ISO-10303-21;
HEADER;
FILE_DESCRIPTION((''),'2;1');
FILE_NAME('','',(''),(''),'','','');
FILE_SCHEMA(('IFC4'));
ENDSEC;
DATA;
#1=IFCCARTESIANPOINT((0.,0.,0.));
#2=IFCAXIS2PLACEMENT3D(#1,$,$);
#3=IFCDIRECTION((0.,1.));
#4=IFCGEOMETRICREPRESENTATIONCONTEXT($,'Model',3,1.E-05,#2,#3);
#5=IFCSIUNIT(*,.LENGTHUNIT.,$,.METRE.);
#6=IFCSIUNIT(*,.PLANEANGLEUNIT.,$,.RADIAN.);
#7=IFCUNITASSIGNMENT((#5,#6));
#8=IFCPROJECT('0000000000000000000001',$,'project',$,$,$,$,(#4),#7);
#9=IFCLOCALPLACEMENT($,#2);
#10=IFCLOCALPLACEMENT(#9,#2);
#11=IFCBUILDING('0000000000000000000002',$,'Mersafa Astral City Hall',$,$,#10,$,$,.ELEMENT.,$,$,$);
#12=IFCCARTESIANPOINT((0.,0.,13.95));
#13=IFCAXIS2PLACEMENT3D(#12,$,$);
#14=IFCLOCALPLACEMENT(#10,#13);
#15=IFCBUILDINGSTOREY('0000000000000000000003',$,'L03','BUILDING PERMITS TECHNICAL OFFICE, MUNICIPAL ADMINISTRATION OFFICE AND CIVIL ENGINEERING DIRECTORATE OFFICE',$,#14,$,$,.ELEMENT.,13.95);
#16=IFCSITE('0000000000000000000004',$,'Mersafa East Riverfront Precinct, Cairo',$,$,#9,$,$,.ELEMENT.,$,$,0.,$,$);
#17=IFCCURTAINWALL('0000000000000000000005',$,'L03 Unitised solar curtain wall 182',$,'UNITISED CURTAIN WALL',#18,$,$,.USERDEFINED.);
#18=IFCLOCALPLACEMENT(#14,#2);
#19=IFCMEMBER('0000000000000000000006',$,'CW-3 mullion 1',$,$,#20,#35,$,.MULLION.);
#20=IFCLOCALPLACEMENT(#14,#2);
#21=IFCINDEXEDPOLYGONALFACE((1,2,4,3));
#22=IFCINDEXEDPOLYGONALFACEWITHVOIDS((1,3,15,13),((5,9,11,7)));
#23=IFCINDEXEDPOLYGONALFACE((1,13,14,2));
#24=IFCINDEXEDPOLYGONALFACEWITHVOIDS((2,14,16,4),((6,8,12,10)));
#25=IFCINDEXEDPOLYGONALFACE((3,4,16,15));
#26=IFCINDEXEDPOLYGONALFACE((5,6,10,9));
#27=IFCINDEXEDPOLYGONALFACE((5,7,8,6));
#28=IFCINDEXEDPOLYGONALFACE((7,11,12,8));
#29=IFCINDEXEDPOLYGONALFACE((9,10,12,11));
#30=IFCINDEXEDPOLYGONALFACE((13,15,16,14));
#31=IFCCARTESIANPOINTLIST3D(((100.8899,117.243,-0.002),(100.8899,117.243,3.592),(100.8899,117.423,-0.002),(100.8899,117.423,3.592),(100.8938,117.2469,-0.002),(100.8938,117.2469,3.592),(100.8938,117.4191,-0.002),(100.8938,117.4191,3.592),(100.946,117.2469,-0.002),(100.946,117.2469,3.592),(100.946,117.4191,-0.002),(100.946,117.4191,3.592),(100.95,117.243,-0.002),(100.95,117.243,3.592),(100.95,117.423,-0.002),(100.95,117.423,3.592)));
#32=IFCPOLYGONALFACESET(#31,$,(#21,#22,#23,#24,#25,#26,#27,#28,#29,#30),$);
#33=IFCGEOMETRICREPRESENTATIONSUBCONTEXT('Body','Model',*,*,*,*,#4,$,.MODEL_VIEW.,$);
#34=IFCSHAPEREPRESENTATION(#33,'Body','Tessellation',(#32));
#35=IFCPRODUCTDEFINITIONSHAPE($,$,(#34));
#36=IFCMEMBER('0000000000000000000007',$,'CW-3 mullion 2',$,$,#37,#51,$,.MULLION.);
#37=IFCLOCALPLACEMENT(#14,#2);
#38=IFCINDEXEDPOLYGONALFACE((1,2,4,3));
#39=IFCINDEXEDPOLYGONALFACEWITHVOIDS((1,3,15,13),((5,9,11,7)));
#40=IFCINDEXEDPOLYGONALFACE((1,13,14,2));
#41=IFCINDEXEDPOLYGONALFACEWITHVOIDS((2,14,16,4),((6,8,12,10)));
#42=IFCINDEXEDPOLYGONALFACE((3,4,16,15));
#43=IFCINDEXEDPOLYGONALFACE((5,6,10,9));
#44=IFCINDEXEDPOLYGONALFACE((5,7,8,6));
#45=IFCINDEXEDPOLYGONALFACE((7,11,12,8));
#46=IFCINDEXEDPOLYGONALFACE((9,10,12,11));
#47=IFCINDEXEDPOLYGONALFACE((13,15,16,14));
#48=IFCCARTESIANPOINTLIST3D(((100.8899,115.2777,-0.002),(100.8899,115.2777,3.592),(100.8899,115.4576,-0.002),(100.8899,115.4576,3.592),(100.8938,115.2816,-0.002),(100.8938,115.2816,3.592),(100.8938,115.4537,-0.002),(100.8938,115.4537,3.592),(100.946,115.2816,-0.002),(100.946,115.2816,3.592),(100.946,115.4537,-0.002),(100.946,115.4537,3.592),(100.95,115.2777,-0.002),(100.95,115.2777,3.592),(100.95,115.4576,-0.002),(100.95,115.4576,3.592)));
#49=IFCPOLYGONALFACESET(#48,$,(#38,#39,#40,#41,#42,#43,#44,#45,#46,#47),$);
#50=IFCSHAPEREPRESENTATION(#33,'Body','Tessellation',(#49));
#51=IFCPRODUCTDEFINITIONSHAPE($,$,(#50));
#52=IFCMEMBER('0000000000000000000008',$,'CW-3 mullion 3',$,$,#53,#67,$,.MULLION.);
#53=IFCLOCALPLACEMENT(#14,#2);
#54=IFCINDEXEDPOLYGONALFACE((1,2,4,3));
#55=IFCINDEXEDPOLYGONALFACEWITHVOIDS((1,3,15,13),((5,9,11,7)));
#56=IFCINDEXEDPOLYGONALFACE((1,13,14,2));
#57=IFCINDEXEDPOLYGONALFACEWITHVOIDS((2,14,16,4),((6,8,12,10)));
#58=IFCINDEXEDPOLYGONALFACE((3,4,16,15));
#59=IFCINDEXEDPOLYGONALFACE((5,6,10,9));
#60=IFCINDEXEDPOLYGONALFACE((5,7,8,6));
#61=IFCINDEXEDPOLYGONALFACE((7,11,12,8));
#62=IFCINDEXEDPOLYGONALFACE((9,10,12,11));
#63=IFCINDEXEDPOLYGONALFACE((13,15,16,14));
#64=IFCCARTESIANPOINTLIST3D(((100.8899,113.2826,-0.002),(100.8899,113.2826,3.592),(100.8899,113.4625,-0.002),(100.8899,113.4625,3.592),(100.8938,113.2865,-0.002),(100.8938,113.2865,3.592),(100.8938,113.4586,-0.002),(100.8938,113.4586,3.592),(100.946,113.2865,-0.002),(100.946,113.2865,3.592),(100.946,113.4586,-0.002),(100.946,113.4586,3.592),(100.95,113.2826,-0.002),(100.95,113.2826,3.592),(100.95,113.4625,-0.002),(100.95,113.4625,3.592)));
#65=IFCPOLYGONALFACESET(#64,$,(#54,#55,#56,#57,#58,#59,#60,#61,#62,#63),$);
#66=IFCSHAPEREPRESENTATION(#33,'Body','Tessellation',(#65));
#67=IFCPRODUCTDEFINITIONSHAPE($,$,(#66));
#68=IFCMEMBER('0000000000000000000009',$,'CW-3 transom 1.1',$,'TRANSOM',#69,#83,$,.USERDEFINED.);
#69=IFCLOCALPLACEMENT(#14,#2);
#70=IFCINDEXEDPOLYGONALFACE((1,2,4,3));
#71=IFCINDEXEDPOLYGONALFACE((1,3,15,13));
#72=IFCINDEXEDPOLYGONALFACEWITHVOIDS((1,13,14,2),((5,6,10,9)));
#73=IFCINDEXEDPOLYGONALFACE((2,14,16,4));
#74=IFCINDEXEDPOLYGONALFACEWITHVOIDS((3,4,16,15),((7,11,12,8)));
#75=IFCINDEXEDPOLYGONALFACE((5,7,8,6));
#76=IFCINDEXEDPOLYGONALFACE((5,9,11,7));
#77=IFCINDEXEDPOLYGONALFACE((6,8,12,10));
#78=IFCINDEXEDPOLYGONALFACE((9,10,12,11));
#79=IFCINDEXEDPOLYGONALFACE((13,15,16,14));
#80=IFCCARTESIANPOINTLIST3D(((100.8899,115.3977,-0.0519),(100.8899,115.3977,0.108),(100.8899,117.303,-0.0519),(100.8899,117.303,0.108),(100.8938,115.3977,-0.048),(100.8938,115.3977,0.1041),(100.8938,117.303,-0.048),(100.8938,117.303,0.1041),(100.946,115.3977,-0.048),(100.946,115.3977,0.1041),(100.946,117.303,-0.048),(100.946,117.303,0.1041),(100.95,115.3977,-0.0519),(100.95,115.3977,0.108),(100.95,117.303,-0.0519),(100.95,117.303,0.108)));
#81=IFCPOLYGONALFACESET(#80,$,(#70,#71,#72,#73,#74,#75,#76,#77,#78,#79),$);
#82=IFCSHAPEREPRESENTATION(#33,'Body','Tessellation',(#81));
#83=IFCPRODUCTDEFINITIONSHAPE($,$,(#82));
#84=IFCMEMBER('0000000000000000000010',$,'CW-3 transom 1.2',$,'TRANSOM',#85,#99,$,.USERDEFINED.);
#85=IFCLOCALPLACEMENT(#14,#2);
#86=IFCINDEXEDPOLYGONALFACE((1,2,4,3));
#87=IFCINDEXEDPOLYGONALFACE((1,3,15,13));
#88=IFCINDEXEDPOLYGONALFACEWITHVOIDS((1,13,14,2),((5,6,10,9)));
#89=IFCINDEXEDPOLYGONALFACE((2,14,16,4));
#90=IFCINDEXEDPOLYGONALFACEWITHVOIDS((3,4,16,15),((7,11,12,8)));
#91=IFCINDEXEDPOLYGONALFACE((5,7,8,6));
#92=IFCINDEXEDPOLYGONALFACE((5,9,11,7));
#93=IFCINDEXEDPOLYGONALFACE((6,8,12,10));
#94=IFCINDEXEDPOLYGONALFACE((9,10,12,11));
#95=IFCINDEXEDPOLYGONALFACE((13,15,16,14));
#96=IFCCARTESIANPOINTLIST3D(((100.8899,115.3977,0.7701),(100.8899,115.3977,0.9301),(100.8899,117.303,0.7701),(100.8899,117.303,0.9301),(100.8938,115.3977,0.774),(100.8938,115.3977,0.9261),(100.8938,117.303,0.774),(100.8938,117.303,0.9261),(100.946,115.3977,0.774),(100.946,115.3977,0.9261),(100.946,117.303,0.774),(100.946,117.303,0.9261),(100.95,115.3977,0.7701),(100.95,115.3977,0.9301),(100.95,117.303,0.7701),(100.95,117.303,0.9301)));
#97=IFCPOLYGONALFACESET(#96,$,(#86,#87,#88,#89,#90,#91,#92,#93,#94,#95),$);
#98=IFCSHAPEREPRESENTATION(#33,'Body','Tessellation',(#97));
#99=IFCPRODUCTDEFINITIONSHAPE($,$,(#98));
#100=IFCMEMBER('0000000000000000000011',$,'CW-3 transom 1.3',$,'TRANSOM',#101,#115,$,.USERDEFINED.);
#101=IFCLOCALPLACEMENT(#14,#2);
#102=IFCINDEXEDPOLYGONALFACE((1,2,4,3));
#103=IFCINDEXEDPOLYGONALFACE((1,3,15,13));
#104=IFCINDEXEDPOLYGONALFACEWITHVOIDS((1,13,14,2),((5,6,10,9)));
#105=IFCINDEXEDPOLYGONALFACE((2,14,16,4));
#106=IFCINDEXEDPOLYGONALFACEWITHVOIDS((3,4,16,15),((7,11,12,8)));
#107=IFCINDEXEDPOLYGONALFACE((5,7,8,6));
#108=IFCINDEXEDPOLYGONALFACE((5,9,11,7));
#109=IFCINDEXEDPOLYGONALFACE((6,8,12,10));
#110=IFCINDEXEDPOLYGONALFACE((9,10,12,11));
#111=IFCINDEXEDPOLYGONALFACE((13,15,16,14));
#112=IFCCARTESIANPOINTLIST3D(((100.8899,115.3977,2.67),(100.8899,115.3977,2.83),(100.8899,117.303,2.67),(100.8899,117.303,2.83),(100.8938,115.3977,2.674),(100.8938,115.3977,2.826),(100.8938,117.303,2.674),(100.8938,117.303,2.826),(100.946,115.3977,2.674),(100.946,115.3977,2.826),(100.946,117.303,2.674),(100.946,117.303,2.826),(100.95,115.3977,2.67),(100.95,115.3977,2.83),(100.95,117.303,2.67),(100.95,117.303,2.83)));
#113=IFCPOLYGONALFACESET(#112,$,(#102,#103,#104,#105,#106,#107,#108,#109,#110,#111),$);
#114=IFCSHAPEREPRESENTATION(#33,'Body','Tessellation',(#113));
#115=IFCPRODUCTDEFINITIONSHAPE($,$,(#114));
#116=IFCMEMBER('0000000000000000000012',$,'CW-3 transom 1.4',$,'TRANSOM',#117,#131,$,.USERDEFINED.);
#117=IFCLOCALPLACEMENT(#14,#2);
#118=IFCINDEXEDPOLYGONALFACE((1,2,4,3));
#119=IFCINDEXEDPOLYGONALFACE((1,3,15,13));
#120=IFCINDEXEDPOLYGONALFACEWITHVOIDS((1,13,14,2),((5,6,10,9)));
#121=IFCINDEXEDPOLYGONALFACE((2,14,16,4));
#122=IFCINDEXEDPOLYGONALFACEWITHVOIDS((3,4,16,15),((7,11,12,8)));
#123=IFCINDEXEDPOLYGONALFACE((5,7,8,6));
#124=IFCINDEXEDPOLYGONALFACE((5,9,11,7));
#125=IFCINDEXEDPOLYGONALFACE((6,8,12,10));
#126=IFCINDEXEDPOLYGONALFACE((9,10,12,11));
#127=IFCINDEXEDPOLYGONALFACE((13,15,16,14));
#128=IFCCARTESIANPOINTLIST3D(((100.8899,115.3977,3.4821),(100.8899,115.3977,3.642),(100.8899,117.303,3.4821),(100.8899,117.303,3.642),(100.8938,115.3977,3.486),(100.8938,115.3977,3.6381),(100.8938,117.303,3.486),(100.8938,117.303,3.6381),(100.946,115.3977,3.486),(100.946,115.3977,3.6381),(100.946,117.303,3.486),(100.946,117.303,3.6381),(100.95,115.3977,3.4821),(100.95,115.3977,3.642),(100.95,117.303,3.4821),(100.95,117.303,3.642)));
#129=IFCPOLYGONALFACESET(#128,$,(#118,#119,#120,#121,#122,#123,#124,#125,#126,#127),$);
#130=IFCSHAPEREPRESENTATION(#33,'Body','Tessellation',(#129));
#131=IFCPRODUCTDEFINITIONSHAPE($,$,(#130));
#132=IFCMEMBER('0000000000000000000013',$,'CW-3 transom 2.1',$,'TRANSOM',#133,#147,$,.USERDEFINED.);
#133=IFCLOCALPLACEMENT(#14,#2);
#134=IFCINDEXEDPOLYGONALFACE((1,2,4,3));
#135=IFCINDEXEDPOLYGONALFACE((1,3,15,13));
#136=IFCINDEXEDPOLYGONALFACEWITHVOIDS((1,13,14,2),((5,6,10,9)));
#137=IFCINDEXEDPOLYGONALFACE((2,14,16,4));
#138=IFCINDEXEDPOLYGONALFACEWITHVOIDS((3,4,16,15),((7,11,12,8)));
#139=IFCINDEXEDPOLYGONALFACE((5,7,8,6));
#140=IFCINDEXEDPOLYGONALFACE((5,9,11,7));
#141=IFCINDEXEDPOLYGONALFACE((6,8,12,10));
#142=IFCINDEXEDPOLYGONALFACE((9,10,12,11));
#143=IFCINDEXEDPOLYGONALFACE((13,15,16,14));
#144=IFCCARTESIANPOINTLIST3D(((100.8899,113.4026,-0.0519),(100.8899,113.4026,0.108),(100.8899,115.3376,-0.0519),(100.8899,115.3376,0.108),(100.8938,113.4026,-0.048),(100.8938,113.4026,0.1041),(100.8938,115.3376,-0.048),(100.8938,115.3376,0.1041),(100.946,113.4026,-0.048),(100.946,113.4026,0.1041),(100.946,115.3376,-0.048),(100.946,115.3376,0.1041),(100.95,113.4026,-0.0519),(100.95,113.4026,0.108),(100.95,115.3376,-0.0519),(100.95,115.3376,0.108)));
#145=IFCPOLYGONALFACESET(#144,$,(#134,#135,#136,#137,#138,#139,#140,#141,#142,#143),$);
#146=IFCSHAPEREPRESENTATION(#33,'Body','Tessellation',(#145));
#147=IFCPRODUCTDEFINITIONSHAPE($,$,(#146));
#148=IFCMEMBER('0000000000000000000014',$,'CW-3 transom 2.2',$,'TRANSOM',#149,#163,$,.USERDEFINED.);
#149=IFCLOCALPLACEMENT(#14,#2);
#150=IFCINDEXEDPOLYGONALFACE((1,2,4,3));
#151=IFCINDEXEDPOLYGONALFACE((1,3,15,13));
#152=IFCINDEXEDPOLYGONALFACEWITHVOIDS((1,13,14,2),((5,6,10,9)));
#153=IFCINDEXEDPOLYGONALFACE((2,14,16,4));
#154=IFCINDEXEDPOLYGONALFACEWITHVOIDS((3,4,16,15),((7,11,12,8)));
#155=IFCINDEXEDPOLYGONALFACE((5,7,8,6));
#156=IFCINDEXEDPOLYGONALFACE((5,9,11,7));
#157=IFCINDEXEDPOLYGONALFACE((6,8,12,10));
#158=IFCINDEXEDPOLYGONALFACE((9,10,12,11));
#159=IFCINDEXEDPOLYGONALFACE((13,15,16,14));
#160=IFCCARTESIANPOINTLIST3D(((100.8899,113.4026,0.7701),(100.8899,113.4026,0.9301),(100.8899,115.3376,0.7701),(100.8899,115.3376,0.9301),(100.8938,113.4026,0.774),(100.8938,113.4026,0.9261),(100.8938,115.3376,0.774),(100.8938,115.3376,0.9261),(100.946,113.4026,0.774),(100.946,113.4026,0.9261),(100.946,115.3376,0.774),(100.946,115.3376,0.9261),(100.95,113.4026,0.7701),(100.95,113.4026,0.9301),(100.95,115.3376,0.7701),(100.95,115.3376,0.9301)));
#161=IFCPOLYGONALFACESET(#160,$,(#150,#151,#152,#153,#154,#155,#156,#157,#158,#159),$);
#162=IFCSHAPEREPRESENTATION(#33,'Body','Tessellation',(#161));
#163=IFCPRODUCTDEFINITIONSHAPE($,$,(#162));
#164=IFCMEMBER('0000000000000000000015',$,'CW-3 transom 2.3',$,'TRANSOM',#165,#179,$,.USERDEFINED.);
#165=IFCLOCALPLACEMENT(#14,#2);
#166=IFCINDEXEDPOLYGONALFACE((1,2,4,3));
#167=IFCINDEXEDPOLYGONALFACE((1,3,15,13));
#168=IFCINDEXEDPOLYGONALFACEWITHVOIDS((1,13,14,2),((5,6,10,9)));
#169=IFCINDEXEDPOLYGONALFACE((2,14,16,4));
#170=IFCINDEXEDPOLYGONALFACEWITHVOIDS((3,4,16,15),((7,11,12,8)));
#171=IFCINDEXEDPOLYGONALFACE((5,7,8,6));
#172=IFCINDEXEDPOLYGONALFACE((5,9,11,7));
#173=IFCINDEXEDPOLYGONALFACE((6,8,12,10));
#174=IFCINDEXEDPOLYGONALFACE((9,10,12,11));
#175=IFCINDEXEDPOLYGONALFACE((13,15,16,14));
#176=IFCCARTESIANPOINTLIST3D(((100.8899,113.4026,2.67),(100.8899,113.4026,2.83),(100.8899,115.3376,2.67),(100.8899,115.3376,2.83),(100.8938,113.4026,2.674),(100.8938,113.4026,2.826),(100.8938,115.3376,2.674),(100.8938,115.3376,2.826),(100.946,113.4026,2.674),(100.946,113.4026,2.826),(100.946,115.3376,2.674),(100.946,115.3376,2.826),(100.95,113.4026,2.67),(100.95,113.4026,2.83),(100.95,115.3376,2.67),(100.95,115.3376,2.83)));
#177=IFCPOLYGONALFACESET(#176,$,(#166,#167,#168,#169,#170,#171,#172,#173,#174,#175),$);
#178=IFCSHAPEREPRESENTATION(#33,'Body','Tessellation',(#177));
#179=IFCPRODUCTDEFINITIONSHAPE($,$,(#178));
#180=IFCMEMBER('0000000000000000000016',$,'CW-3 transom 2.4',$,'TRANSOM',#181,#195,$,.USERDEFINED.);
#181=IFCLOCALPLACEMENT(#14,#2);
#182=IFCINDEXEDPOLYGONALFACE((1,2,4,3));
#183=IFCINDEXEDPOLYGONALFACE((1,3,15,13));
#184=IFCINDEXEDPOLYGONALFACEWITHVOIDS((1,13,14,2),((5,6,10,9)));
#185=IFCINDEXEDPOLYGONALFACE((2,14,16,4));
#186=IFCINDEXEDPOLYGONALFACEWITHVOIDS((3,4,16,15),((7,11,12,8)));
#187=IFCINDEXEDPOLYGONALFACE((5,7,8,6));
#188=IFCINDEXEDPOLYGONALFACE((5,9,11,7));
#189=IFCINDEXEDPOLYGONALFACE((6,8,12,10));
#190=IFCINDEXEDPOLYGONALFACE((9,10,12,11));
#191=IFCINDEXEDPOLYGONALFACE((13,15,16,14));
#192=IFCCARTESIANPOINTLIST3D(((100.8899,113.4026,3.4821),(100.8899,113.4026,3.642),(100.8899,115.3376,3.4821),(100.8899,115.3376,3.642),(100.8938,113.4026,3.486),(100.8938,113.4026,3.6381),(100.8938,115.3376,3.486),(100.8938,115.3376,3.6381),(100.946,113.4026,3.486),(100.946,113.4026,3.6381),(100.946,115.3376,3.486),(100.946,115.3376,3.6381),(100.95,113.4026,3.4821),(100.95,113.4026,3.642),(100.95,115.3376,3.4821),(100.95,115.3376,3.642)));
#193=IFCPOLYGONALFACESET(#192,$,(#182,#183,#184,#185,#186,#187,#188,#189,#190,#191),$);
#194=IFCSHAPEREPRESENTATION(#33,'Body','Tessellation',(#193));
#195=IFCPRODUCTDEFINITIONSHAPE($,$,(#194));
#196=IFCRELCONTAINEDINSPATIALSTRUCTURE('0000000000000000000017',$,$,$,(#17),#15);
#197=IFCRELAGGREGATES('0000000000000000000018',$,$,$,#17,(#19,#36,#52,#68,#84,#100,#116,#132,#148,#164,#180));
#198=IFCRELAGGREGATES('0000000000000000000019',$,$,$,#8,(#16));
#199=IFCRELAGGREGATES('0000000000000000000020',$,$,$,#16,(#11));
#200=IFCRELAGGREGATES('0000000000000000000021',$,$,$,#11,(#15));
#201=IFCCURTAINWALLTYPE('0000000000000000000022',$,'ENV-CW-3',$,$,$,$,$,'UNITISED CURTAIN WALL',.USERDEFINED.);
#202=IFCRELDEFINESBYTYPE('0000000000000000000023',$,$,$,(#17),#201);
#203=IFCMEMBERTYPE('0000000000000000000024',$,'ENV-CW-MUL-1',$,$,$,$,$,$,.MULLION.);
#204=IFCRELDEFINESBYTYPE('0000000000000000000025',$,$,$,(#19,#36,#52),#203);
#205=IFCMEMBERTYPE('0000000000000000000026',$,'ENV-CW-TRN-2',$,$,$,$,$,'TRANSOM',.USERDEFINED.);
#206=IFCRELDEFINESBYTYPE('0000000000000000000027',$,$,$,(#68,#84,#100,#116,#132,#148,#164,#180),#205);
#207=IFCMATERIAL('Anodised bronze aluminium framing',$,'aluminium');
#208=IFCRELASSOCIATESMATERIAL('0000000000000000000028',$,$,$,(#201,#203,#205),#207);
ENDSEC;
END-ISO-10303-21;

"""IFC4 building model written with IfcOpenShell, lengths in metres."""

from ifc_helpers import new_model, si_unit, direction, frame, origin, origin_2d, place, context, subcontext, project, spatial, hollow_rectangle, extrude, material, material_profile, profile_set, type_object, element, aggregate, save


model = new_model("IFC4")

# Units and contexts
model_context = context("Model", 3, precision=1e-05, world=origin(), true_north=direction((0.0, 1.0)))
body_context = subcontext(model_context, "Body", "Model", "MODEL_VIEW")
ifc_project = project(units=[si_unit("LENGTHUNIT", "METRE"), si_unit("PLANEANGLEUNIT", "RADIAN")], contexts=[model_context])

# Site, building, storey
site_placement = place(None, origin())
site = spatial("IfcSite", under=ifc_project, at=site_placement, Name="Mersafa East Riverfront Precinct, Cairo", CompositionType="ELEMENT", RefElevation=0.0)
building_placement = place(site_placement, origin())
building = spatial("IfcBuilding", under=site, at=building_placement, Name="Mersafa Astral City Hall", CompositionType="ELEMENT")
storey_placement = place(building_placement, frame((0.0, 0.0, 13.95)))
storey = spatial("IfcBuildingStorey", under=building, at=storey_placement, Name="L03", Description="BUILDING PERMITS TECHNICAL OFFICE, MUNICIPAL ADMINISTRATION OFFICE AND CIVIL ENGINEERING DIRECTORATE OFFICE", CompositionType="ELEMENT", Elevation=13.95)

# Curtain wall, members
ifc_material_1 = material(Name="Anodised bronze aluminium framing", Category="aluminium")
curtain_wall_type = type_object("IfcCurtainWallType", Name="ENV-CW-3", ElementType="UNITISED CURTAIN WALL", PredefinedType="USERDEFINED", material=ifc_material_1)
curtain_wall_placement = place(storey_placement, origin())
curtain_wall = element("IfcCurtainWall", 1, at=curtain_wall_placement, inside=storey, type_object=curtain_wall_type, Name="L03 Unitised solar curtain wall 182", ObjectType="UNITISED CURTAIN WALL", PredefinedType="USERDEFINED")
ifc_material_profile_1 = material_profile(ifc_material_1, hollow_rectangle(XDim=0.0601, YDim=0.1799, WallThickness=0.0039, at=origin_2d()), Name="RHS 60x180x4")
ifc_profile_set_1 = profile_set([ifc_material_profile_1], Name="Anodised bronze aluminium framing")
member_type_1 = type_object("IfcMemberType", Name="ENV-CW-MUL-1", PredefinedType="MULLION", material=ifc_profile_set_1)
member_1_placement = place(storey_placement, frame((100.9199, 117.333, -0.002), z_axis=(0.0, 0.0, 1.0), x_axis=(1.0, 0.0, 0.0)))
member_1 = element("IfcMember", 2, at=member_1_placement, type_object=member_type_1, Name="CW-3 mullion 1", PredefinedType="MULLION", context=body_context, shape_type="SweptSolid", body=[
    extrude(hollow_rectangle(XDim=0.0601, YDim=0.1799, WallThickness=0.0039, at=origin_2d()), origin(), (0.0, 0.0, 1.0), 3.594),
])
member_2_placement = place(storey_placement, frame((100.9199, 115.3677, -0.002), z_axis=(0.0, 0.0, 1.0), x_axis=(1.0, 0.0, 0.0)))
member_2 = element("IfcMember", 3, at=member_2_placement, type_object=member_type_1, Name="CW-3 mullion 2", PredefinedType="MULLION", context=body_context, shape_type="SweptSolid", body=[
    extrude(hollow_rectangle(XDim=0.0601, YDim=0.1799, WallThickness=0.0039, at=origin_2d()), origin(), (0.0, 0.0, 1.0), 3.594),
])
member_3_placement = place(storey_placement, frame((100.9199, 113.3726, -0.002), z_axis=(0.0, 0.0, 1.0), x_axis=(1.0, 0.0, 0.0)))
member_3 = element("IfcMember", 4, at=member_3_placement, type_object=member_type_1, Name="CW-3 mullion 3", PredefinedType="MULLION", context=body_context, shape_type="SweptSolid", body=[
    extrude(hollow_rectangle(XDim=0.0601, YDim=0.1799, WallThickness=0.0039, at=origin_2d()), origin(), (0.0, 0.0, 1.0), 3.594),
])
ifc_material_profile_2 = material_profile(ifc_material_1, hollow_rectangle(XDim=0.0601, YDim=0.1599, WallThickness=0.0039, at=origin_2d()), Name="RHS 60x160x4")
ifc_profile_set_2 = profile_set([ifc_material_profile_2], Name="Anodised bronze aluminium framing")
member_type_2 = type_object("IfcMemberType", Name="ENV-CW-TRN-2", ElementType="TRANSOM", PredefinedType="USERDEFINED", material=ifc_profile_set_2)
member_4_placement = place(storey_placement, frame((100.9199, 117.303, 0.0281), z_axis=(0.0, -1.0, 0.0), x_axis=(1.0, 0.0, 0.0)))
member_4 = element("IfcMember", 5, at=member_4_placement, type_object=member_type_2, Name="CW-3 transom 1.1", ObjectType="TRANSOM", PredefinedType="USERDEFINED", context=body_context, shape_type="SweptSolid", body=[
    extrude(hollow_rectangle(XDim=0.0601, YDim=0.1599, WallThickness=0.0039, at=origin_2d()), origin(), (0.0, 0.0, 1.0), 1.9053),
])
member_5_placement = place(storey_placement, frame((100.9199, 117.303, 0.8501), z_axis=(0.0, -1.0, 0.0), x_axis=(1.0, 0.0, 0.0)))
member_5 = element("IfcMember", 6, at=member_5_placement, type_object=member_type_2, Name="CW-3 transom 1.2", ObjectType="TRANSOM", PredefinedType="USERDEFINED", context=body_context, shape_type="SweptSolid", body=[
    extrude(hollow_rectangle(XDim=0.0601, YDim=0.1599, WallThickness=0.0039, at=origin_2d()), origin(), (0.0, 0.0, 1.0), 1.9053),
])
member_6_placement = place(storey_placement, frame((100.9199, 117.303, 2.75), z_axis=(0.0, -1.0, 0.0), x_axis=(1.0, 0.0, 0.0)))
member_6 = element("IfcMember", 7, at=member_6_placement, type_object=member_type_2, Name="CW-3 transom 1.3", ObjectType="TRANSOM", PredefinedType="USERDEFINED", context=body_context, shape_type="SweptSolid", body=[
    extrude(hollow_rectangle(XDim=0.0601, YDim=0.1599, WallThickness=0.0039, at=origin_2d()), origin(), (0.0, 0.0, 1.0), 1.9053),
])
member_7_placement = place(storey_placement, frame((100.9199, 117.303, 3.562), z_axis=(0.0, -1.0, 0.0), x_axis=(1.0, 0.0, 0.0)))
member_7 = element("IfcMember", 8, at=member_7_placement, type_object=member_type_2, Name="CW-3 transom 1.4", ObjectType="TRANSOM", PredefinedType="USERDEFINED", context=body_context, shape_type="SweptSolid", body=[
    extrude(hollow_rectangle(XDim=0.0601, YDim=0.1599, WallThickness=0.0039, at=origin_2d()), origin(), (0.0, 0.0, 1.0), 1.9053),
])
member_8_placement = place(storey_placement, frame((100.9199, 115.3376, 0.0281), z_axis=(0.0, -1.0, 0.0), x_axis=(1.0, 0.0, 0.0)))
member_8 = element("IfcMember", 9, at=member_8_placement, type_object=member_type_2, Name="CW-3 transom 2.1", ObjectType="TRANSOM", PredefinedType="USERDEFINED", context=body_context, shape_type="SweptSolid", body=[
    extrude(hollow_rectangle(XDim=0.0601, YDim=0.1599, WallThickness=0.0039, at=origin_2d()), origin(), (0.0, 0.0, 1.0), 1.9351),
])
member_9_placement = place(storey_placement, frame((100.9199, 115.3376, 0.8501), z_axis=(0.0, -1.0, 0.0), x_axis=(1.0, 0.0, 0.0)))
member_9 = element("IfcMember", 10, at=member_9_placement, type_object=member_type_2, Name="CW-3 transom 2.2", ObjectType="TRANSOM", PredefinedType="USERDEFINED", context=body_context, shape_type="SweptSolid", body=[
    extrude(hollow_rectangle(XDim=0.0601, YDim=0.1599, WallThickness=0.0039, at=origin_2d()), origin(), (0.0, 0.0, 1.0), 1.9351),
])
member_10_placement = place(storey_placement, frame((100.9199, 115.3376, 2.75), z_axis=(0.0, -1.0, 0.0), x_axis=(1.0, 0.0, 0.0)))
member_10 = element("IfcMember", 11, at=member_10_placement, type_object=member_type_2, Name="CW-3 transom 2.3", ObjectType="TRANSOM", PredefinedType="USERDEFINED", context=body_context, shape_type="SweptSolid", body=[
    extrude(hollow_rectangle(XDim=0.0601, YDim=0.1599, WallThickness=0.0039, at=origin_2d()), origin(), (0.0, 0.0, 1.0), 1.9351),
])
member_11_placement = place(storey_placement, frame((100.9199, 115.3376, 3.562), z_axis=(0.0, -1.0, 0.0), x_axis=(1.0, 0.0, 0.0)))
member_11 = element("IfcMember", 12, at=member_11_placement, type_object=member_type_2, Name="CW-3 transom 2.4", ObjectType="TRANSOM", PredefinedType="USERDEFINED", context=body_context, shape_type="SweptSolid", body=[
    extrude(hollow_rectangle(XDim=0.0601, YDim=0.1599, WallThickness=0.0039, at=origin_2d()), origin(), (0.0, 0.0, 1.0), 1.9351),
])
aggregate(curtain_wall, [member_1, member_2, member_3, member_4, member_5, member_6, member_7, member_8, member_9, member_10, member_11])

save(model, "model.ifc")
